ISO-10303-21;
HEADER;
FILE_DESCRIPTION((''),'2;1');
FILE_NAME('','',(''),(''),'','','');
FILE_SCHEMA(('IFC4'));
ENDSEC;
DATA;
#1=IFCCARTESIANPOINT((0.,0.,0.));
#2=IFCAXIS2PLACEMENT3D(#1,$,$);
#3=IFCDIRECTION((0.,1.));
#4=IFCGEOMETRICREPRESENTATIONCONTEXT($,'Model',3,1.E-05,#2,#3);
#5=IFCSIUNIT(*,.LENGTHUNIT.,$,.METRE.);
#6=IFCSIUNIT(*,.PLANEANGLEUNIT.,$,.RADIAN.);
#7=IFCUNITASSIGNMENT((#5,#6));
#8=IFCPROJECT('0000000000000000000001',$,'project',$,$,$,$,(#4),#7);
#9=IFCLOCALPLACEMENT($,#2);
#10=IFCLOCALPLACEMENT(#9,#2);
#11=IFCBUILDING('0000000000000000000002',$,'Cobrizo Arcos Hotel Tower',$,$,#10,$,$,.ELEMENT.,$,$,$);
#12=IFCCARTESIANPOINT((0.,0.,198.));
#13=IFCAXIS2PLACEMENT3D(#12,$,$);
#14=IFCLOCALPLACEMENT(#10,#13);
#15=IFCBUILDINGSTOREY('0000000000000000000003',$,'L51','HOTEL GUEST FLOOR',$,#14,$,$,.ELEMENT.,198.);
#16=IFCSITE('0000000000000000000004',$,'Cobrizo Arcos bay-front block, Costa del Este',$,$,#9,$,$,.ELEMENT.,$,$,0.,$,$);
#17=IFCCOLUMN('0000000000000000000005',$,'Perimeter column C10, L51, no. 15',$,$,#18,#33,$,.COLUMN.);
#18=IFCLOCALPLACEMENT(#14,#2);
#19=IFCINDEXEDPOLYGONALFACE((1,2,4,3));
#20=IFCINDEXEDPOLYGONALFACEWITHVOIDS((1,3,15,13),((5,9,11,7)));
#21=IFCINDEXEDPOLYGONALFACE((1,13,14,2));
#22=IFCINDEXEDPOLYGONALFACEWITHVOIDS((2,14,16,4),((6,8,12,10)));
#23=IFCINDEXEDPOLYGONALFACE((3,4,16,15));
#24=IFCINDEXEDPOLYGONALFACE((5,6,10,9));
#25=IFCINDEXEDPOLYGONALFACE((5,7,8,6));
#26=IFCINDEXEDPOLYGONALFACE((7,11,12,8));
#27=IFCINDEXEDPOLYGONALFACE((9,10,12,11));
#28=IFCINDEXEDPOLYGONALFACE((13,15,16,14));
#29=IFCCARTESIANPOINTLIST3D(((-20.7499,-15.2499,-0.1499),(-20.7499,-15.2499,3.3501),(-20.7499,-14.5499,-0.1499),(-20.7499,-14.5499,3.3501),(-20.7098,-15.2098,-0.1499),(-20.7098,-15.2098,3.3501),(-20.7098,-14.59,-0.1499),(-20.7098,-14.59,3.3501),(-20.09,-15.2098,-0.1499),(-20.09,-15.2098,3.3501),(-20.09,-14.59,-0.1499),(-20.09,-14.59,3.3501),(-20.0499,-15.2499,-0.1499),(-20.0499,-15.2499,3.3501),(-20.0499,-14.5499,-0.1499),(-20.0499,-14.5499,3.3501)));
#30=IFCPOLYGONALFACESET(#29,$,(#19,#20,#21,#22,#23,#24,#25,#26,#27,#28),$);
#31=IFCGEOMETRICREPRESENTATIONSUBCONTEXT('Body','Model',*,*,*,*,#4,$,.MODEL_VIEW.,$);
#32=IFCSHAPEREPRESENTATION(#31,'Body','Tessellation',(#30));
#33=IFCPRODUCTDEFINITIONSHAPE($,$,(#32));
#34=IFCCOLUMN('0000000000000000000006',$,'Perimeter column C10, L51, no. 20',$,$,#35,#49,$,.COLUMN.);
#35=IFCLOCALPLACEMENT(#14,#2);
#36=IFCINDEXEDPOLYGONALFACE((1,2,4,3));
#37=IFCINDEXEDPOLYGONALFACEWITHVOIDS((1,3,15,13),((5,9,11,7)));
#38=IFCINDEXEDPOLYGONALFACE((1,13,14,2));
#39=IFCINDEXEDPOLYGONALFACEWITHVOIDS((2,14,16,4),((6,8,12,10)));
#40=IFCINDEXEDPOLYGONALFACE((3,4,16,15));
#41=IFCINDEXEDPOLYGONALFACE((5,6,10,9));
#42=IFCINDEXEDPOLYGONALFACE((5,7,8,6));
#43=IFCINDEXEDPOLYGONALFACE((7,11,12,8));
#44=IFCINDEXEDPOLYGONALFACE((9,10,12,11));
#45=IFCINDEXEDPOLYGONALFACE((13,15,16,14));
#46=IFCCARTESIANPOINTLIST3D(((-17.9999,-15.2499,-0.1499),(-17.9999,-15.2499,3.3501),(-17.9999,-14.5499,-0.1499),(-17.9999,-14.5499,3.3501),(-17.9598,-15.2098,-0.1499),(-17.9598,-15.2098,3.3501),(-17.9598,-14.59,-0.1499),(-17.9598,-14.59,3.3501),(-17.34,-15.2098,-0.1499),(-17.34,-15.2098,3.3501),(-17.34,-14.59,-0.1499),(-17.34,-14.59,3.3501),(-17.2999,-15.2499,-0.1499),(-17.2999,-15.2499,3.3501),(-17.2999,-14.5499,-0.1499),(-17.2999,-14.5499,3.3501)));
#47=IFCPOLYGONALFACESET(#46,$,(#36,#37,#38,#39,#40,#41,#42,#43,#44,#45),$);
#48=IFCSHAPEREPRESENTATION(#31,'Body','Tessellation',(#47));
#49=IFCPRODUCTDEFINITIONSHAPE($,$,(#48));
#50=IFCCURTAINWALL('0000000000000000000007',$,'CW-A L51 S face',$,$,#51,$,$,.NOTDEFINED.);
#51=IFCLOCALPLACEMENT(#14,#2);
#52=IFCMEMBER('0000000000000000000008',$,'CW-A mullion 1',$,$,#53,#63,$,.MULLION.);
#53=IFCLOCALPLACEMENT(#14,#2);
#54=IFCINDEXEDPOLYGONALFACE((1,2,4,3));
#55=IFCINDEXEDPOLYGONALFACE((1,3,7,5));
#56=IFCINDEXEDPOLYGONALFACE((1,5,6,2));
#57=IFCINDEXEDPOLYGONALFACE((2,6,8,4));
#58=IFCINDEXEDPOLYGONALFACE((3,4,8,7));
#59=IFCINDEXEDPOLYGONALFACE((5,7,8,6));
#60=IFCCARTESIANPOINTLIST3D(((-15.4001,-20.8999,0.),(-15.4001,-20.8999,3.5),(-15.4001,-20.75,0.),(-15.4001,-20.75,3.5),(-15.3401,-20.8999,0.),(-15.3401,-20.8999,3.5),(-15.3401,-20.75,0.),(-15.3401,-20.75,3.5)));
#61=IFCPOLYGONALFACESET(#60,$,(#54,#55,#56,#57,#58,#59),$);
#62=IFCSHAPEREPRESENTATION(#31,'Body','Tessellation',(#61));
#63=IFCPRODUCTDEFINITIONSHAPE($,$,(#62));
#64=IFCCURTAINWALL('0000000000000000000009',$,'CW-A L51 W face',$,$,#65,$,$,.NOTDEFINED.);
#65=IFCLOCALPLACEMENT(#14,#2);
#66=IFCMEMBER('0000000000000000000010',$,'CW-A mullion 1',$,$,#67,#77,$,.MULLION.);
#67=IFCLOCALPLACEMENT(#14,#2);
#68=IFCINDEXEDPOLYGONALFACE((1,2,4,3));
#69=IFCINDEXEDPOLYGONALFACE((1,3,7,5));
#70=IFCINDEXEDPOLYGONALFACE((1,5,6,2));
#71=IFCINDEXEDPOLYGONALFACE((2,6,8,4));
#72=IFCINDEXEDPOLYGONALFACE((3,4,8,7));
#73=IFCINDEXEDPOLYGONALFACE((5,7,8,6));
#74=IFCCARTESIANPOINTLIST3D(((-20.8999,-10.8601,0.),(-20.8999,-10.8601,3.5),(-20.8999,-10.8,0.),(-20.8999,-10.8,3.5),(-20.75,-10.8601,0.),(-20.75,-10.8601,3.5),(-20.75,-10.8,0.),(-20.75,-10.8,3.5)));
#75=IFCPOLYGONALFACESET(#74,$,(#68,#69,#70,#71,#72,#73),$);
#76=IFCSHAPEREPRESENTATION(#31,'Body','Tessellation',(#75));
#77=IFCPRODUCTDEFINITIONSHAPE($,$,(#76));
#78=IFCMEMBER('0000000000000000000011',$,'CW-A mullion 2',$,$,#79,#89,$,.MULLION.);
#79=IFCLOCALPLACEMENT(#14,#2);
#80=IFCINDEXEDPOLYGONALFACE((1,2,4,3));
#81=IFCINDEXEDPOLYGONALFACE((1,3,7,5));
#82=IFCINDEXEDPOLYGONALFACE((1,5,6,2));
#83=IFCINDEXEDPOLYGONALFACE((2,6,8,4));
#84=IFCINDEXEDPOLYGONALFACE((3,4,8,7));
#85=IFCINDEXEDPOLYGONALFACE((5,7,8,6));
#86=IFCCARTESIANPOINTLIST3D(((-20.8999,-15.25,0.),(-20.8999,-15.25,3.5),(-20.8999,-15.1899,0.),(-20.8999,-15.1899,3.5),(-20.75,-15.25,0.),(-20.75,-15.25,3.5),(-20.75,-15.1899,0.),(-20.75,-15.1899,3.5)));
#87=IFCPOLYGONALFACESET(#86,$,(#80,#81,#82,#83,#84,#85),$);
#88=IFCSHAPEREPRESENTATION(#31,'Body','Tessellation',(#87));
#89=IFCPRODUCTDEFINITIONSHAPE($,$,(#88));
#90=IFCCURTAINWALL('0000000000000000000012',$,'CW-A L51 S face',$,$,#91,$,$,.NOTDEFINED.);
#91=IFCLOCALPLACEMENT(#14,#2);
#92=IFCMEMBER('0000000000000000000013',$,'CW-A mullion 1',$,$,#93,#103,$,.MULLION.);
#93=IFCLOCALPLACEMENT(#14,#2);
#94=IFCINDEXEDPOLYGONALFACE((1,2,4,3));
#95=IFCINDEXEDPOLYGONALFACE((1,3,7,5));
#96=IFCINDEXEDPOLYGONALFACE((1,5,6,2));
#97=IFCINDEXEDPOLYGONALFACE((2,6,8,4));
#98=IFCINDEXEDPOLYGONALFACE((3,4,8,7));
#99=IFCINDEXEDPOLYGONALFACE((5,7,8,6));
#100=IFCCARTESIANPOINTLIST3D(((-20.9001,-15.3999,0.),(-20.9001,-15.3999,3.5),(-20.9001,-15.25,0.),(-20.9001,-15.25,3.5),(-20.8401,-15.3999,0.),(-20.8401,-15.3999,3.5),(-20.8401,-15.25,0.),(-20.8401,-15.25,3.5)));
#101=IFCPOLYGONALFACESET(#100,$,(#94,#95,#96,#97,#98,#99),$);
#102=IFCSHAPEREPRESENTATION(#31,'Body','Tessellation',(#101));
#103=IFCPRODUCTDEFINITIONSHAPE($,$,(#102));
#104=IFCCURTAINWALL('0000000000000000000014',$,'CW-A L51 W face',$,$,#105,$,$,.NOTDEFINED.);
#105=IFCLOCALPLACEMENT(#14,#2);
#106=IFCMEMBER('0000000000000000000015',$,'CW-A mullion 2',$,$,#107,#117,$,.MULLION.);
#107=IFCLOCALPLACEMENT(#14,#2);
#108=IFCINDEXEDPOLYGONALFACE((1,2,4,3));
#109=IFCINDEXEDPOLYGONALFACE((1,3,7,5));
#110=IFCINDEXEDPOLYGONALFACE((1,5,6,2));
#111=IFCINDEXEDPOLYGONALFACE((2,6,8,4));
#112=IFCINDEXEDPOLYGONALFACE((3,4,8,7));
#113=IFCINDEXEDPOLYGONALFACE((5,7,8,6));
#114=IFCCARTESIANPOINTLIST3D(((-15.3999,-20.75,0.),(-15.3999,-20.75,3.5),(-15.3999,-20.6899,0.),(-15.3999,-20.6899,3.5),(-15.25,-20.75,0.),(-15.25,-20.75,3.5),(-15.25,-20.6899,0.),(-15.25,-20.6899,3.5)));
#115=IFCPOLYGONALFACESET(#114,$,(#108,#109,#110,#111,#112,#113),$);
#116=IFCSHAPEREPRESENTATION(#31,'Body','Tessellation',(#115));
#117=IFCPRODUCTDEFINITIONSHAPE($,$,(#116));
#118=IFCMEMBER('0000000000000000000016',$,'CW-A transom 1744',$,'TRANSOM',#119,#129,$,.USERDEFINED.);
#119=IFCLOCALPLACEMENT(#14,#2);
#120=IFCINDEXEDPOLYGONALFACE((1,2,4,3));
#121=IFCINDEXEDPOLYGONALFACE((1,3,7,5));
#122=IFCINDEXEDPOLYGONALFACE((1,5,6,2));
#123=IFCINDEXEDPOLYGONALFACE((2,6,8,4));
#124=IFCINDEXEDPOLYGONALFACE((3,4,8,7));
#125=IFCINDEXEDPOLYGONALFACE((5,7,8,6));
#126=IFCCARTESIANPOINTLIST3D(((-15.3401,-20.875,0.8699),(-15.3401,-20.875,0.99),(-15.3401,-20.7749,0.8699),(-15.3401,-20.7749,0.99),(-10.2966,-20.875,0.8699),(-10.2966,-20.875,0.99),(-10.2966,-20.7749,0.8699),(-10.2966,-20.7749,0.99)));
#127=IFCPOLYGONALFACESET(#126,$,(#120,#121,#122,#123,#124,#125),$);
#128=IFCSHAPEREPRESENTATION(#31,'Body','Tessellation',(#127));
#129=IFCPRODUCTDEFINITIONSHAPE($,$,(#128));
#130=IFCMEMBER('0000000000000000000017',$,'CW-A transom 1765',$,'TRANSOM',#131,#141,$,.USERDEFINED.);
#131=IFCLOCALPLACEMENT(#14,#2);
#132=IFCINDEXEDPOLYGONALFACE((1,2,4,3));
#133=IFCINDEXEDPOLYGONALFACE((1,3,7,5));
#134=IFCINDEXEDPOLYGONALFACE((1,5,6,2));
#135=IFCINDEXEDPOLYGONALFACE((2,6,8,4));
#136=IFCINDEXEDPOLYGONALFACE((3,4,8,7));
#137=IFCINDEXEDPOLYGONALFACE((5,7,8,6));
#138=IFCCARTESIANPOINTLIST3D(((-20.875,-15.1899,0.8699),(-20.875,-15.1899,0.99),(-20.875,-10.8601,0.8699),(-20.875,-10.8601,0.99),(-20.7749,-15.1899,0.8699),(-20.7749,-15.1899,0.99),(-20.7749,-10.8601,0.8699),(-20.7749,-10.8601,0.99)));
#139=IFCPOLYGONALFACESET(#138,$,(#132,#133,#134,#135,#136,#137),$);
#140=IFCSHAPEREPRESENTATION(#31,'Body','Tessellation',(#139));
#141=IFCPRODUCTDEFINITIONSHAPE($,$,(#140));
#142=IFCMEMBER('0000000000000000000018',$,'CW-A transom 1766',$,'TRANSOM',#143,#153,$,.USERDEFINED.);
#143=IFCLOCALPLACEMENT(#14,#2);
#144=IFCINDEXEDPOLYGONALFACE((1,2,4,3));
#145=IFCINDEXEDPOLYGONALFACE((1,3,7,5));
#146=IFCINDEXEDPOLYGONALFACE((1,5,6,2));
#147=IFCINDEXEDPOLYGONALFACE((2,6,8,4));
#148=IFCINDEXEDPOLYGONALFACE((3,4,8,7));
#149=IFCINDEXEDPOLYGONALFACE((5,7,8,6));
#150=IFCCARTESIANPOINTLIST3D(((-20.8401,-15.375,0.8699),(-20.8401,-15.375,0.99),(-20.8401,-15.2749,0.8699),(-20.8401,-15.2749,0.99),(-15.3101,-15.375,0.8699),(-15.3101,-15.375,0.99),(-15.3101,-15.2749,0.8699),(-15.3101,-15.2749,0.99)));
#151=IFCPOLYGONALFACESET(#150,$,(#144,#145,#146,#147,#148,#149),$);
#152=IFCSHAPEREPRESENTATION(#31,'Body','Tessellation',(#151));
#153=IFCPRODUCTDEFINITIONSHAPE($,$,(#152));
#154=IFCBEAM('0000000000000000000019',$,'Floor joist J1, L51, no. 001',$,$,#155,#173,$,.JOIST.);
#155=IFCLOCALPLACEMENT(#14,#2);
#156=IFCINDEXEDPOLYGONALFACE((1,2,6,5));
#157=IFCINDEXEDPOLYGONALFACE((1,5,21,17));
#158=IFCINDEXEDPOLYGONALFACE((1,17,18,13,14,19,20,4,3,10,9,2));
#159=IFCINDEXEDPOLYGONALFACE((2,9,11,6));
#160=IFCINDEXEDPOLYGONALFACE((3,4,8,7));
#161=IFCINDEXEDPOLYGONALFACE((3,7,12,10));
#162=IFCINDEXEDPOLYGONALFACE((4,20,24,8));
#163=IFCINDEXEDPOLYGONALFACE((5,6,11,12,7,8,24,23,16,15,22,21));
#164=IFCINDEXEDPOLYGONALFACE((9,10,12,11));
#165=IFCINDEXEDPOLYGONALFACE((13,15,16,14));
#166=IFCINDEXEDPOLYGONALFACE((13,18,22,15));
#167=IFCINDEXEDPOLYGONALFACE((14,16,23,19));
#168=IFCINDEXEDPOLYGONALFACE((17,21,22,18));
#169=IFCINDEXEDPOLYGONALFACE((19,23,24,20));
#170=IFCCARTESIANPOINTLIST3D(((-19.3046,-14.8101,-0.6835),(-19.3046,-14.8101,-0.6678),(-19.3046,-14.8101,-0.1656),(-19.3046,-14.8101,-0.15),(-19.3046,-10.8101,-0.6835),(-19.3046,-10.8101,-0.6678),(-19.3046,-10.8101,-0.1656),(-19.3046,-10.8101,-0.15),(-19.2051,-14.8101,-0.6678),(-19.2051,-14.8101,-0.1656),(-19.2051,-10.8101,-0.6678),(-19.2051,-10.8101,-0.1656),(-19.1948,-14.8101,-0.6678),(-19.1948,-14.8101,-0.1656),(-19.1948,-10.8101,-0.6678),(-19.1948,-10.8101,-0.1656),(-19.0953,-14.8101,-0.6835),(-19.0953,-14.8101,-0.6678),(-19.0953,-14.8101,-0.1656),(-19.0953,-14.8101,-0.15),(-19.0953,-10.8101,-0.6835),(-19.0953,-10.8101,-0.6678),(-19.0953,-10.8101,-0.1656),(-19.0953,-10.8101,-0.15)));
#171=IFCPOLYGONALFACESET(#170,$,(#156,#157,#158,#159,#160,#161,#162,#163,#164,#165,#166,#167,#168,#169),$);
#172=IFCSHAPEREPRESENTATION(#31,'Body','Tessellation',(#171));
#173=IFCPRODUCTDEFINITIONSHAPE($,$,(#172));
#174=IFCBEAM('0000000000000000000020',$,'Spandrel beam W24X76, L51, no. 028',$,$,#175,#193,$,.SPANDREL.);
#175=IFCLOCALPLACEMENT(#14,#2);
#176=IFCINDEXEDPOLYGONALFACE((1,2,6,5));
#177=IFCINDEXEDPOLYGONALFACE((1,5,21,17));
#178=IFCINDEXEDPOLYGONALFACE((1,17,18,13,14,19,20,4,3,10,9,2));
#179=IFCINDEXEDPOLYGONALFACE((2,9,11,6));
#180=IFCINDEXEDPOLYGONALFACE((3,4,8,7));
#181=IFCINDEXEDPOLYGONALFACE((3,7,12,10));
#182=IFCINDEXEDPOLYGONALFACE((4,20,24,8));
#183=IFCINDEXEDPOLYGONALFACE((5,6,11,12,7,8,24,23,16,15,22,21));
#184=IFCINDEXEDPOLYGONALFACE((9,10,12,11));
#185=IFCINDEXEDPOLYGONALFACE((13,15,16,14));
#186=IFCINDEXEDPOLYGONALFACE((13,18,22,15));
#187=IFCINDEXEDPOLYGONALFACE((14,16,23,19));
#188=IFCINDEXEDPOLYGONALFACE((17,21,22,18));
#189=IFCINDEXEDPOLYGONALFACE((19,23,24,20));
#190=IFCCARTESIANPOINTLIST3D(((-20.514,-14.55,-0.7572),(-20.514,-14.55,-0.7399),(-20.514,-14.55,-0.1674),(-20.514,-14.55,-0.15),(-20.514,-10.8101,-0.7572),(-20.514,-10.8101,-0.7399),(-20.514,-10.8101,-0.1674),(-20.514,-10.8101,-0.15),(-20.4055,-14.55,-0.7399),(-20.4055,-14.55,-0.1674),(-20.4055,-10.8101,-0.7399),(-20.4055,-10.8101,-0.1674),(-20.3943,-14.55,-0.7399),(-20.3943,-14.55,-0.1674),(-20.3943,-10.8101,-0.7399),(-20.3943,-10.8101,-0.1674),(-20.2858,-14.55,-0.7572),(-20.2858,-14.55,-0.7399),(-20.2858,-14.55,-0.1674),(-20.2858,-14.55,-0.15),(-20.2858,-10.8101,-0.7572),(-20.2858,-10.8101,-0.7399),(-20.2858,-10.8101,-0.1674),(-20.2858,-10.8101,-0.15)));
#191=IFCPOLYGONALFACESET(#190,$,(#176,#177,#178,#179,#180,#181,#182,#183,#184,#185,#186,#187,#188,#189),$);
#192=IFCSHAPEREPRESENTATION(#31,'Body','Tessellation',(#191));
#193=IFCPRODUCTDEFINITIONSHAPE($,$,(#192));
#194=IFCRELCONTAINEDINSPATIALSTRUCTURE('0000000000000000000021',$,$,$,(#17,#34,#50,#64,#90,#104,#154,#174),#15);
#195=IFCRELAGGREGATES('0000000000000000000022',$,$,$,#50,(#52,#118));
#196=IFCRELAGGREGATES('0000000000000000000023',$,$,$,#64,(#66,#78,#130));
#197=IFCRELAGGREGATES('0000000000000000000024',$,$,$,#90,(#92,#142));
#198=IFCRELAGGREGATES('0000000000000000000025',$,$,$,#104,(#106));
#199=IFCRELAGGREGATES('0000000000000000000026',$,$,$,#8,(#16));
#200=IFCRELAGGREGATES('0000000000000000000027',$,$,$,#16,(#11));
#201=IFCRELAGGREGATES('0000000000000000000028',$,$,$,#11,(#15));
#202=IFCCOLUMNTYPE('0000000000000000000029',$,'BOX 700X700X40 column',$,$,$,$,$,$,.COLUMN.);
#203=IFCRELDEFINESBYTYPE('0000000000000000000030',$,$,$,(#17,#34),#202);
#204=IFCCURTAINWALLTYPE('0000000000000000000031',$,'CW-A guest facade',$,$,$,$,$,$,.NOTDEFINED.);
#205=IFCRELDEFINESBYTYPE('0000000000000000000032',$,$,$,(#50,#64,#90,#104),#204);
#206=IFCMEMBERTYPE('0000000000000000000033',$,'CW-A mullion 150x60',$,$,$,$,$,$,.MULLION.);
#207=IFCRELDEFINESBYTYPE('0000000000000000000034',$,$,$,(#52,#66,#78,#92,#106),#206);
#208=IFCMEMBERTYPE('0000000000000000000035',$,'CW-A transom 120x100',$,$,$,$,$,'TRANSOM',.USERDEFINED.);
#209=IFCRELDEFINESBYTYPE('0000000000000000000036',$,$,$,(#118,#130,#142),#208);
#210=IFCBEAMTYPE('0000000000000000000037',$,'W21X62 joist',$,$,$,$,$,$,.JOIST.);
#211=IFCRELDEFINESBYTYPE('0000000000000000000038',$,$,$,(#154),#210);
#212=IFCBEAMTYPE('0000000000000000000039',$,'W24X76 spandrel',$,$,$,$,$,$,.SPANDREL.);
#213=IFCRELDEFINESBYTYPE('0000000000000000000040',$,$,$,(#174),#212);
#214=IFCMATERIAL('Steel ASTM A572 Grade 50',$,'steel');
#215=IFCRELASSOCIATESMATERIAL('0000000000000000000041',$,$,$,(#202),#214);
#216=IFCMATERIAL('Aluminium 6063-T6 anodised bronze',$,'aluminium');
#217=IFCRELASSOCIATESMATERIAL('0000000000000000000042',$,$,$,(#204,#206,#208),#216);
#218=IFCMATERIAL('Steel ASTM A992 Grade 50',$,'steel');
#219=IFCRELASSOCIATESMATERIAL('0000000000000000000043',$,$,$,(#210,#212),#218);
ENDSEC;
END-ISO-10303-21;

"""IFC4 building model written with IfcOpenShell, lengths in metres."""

from ifc_helpers import new_model, si_unit, direction, frame, origin, origin_2d, place, context, subcontext, project, spatial, rectangle, hollow_rectangle, i_section, extrude, material, material_profile, profile_set, type_object, element, aggregate, save


model = new_model("IFC4")

# Units and contexts
model_context = context("Model", 3, precision=1e-05, world=origin(), true_north=direction((0.0, 1.0)))
body_context = subcontext(model_context, "Body", "Model", "MODEL_VIEW")
ifc_project = project(units=[si_unit("LENGTHUNIT", "METRE"), si_unit("PLANEANGLEUNIT", "RADIAN")], contexts=[model_context])

# Site, building, storey
site_placement = place(None, origin())
site = spatial("IfcSite", under=ifc_project, at=site_placement, Name="Cobrizo Arcos bay-front block, Costa del Este", CompositionType="ELEMENT", RefElevation=0.0)
building_placement = place(site_placement, origin())
building = spatial("IfcBuilding", under=site, at=building_placement, Name="Cobrizo Arcos Hotel Tower", CompositionType="ELEMENT")
storey_placement = place(building_placement, frame((0.0, 0.0, 198.0)))
storey = spatial("IfcBuildingStorey", under=building, at=storey_placement, Name="L51", Description="HOTEL GUEST FLOOR", CompositionType="ELEMENT", Elevation=198.0)

# Columns
ifc_material_1 = material(Name="Steel ASTM A572 Grade 50", Category="steel")
ifc_material_profile_1 = material_profile(ifc_material_1, hollow_rectangle(XDim=0.7, YDim=0.7, WallThickness=0.04, at=origin_2d()), Name="BOX 700X700X40")
ifc_profile_set_1 = profile_set([ifc_material_profile_1], Name="Steel ASTM A572 Grade 50")
column_type = type_object("IfcColumnType", Name="BOX 700X700X40 column", PredefinedType="COLUMN", material=ifc_profile_set_1)
for number, where, z_axis, x_axis, name in (
    (1, (-20.3999, -14.8999, -0.1499), (0.0, 0.0, 1.0), (1.0, 0.0, 0.0), "Perimeter column C10, L51, no. 15"),
    (2, (-17.6499, -14.8999, -0.1499), (0.0, 0.0, 1.0), (1.0, 0.0, 0.0), "Perimeter column C10, L51, no. 20"),
):
    element("IfcColumn", number, at=place(storey_placement, frame(where, z_axis=z_axis, x_axis=x_axis)), inside=storey, type_object=column_type, Name=name, PredefinedType="COLUMN", context=body_context, shape_type="SweptSolid", body=[
        extrude(hollow_rectangle(XDim=0.7, YDim=0.7, WallThickness=0.04, at=origin_2d()), origin(), (0.0, 0.0, 1.0), 3.5),
    ])

# Curtain wall, member
ifc_material_2 = material(Name="Aluminium 6063-T6 anodised bronze", Category="aluminium")
curtain_wall_type = type_object("IfcCurtainWallType", Name="CW-A guest facade", PredefinedType="NOTDEFINED", material=ifc_material_2)
curtain_wall_1_placement = place(storey_placement, origin())
curtain_wall_1 = element("IfcCurtainWall", 3, at=curtain_wall_1_placement, inside=storey, type_object=curtain_wall_type, Name="CW-A L51 S face", PredefinedType="NOTDEFINED")
ifc_material_profile_2 = material_profile(ifc_material_2, rectangle(XDim=0.1499, YDim=0.0601, at=origin_2d()), Name="CW-A mullion 150x60")
ifc_profile_set_2 = profile_set([ifc_material_profile_2], Name="Aluminium 6063-T6 anodised bronze")
member_type_1 = type_object("IfcMemberType", Name="CW-A mullion 150x60", PredefinedType="MULLION", material=ifc_profile_set_2)
member_1_placement = place(storey_placement, frame((-15.3701, -20.825, 0.0), z_axis=(0.0, 0.0, 1.0), x_axis=(0.0, -1.0, 0.0)))
member_1 = element("IfcMember", 4, at=member_1_placement, type_object=member_type_1, Name="CW-A mullion 1", PredefinedType="MULLION", context=body_context, shape_type="SweptSolid", body=[
    extrude(rectangle(XDim=0.1499, YDim=0.0601, at=origin_2d()), origin(), (0.0, 0.0, 1.0), 3.5),
])

# Curtain wall, members
curtain_wall_2_placement = place(storey_placement, origin())
curtain_wall_2 = element("IfcCurtainWall", 5, at=curtain_wall_2_placement, inside=storey, type_object=curtain_wall_type, Name="CW-A L51 W face", PredefinedType="NOTDEFINED")
member_2_placement = place(storey_placement, frame((-20.825, -10.8301, 0.0), z_axis=(0.0, 0.0, 1.0), x_axis=(-1.0, 0.0, 0.0)))
member_2 = element("IfcMember", 6, at=member_2_placement, type_object=member_type_1, Name="CW-A mullion 1", PredefinedType="MULLION", context=body_context, shape_type="SweptSolid", body=[
    extrude(rectangle(XDim=0.1499, YDim=0.0601, at=origin_2d()), origin(), (0.0, 0.0, 1.0), 3.5),
])
member_3_placement = place(storey_placement, frame((-20.825, -15.22, 0.0), z_axis=(0.0, 0.0, 1.0), x_axis=(-1.0, 0.0, 0.0)))
member_3 = element("IfcMember", 7, at=member_3_placement, type_object=member_type_1, Name="CW-A mullion 2", PredefinedType="MULLION", context=body_context, shape_type="SweptSolid", body=[
    extrude(rectangle(XDim=0.1499, YDim=0.0601, at=origin_2d()), origin(), (0.0, 0.0, 1.0), 3.5),
])

# Curtain walls, members
curtain_wall_3_placement = place(storey_placement, origin())
curtain_wall_3 = element("IfcCurtainWall", 8, at=curtain_wall_3_placement, inside=storey, type_object=curtain_wall_type, Name="CW-A L51 S face", PredefinedType="NOTDEFINED")
member_4_placement = place(storey_placement, frame((-20.8701, -15.325, 0.0), z_axis=(0.0, 0.0, 1.0), x_axis=(0.0, -1.0, 0.0)))
member_4 = element("IfcMember", 9, at=member_4_placement, type_object=member_type_1, Name="CW-A mullion 1", PredefinedType="MULLION", context=body_context, shape_type="SweptSolid", body=[
    extrude(rectangle(XDim=0.1499, YDim=0.0601, at=origin_2d()), origin(), (0.0, 0.0, 1.0), 3.5),
])
curtain_wall_4_placement = place(storey_placement, origin())
curtain_wall_4 = element("IfcCurtainWall", 10, at=curtain_wall_4_placement, inside=storey, type_object=curtain_wall_type, Name="CW-A L51 W face", PredefinedType="NOTDEFINED")
member_5_placement = place(storey_placement, frame((-15.325, -20.72, 0.0), z_axis=(0.0, 0.0, 1.0), x_axis=(-1.0, 0.0, 0.0)))
member_5 = element("IfcMember", 11, at=member_5_placement, type_object=member_type_1, Name="CW-A mullion 2", PredefinedType="MULLION", context=body_context, shape_type="SweptSolid", body=[
    extrude(rectangle(XDim=0.1499, YDim=0.0601, at=origin_2d()), origin(), (0.0, 0.0, 1.0), 3.5),
])

# Members
ifc_material_profile_3 = material_profile(ifc_material_2, rectangle(XDim=0.1001, YDim=0.1201, at=origin_2d()), Name="CW-A transom 120x100")
ifc_profile_set_3 = profile_set([ifc_material_profile_3], Name="Aluminium 6063-T6 anodised bronze")
member_type_2 = type_object("IfcMemberType", Name="CW-A transom 120x100", ElementType="TRANSOM", PredefinedType="USERDEFINED", material=ifc_profile_set_3)
member_6_placement = place(storey_placement, frame((-15.3401, -20.825, 0.9299), z_axis=(1.0, 0.0, 0.0), x_axis=(0.0, 1.0, 0.0)))
member_6 = element("IfcMember", 12, at=member_6_placement, type_object=member_type_2, Name="CW-A transom 1744", ObjectType="TRANSOM", PredefinedType="USERDEFINED", context=body_context, shape_type="SweptSolid", body=[
    extrude(rectangle(XDim=0.1001, YDim=0.1201, at=origin_2d()), origin(), (0.0, 0.0, 1.0), 5.0435),
])
aggregate(curtain_wall_1, [member_1, member_6])
member_7_placement = place(storey_placement, frame((-20.825, -10.8601, 0.9299), z_axis=(0.0, -1.0, 0.0), x_axis=(1.0, 0.0, 0.0)))
member_7 = element("IfcMember", 13, at=member_7_placement, type_object=member_type_2, Name="CW-A transom 1765", ObjectType="TRANSOM", PredefinedType="USERDEFINED", context=body_context, shape_type="SweptSolid", body=[
    extrude(rectangle(XDim=0.1001, YDim=0.1201, at=origin_2d()), origin(), (0.0, 0.0, 1.0), 4.3298),
])
member_8_placement = place(storey_placement, frame((-20.8401, -15.325, 0.9299), z_axis=(1.0, 0.0, 0.0), x_axis=(0.0, 1.0, 0.0)))
member_8 = element("IfcMember", 14, at=member_8_placement, type_object=member_type_2, Name="CW-A transom 1766", ObjectType="TRANSOM", PredefinedType="USERDEFINED", context=body_context, shape_type="SweptSolid", body=[
    extrude(rectangle(XDim=0.1001, YDim=0.1201, at=origin_2d()), origin(), (0.0, 0.0, 1.0), 5.53),
])

# Beams
ifc_material_3 = material(Name="Steel ASTM A992 Grade 50", Category="steel")
ifc_material_profile_4 = material_profile(ifc_material_3, i_section(OverallWidth=0.2092, OverallDepth=0.5334, WebThickness=0.0103, FlangeThickness=0.0156, at=origin_2d()), Name="W21X62")
ifc_profile_set_4 = profile_set([ifc_material_profile_4], Name="Steel ASTM A992 Grade 50")
beam_type_1 = type_object("IfcBeamType", Name="W21X62 joist", PredefinedType="JOIST", material=ifc_profile_set_4)
beam_1_placement = place(storey_placement, frame((-19.2, -14.8101, -0.4167), z_axis=(0.0, 1.0, 0.0), x_axis=(-1.0, 0.0, 0.0)))
element("IfcBeam", 15, at=beam_1_placement, inside=storey, type_object=beam_type_1, Name="Floor joist J1, L51, no. 001", PredefinedType="JOIST", context=body_context, shape_type="SweptSolid", body=[
    extrude(i_section(OverallWidth=0.2092, OverallDepth=0.5334, WebThickness=0.0103, FlangeThickness=0.0156, at=origin_2d()), origin(), (0.0, 0.0, 1.0), 4.0),
])
ifc_material_profile_5 = material_profile(ifc_material_3, i_section(OverallWidth=0.2283, OverallDepth=0.6072, WebThickness=0.0112, FlangeThickness=0.0173, at=origin_2d()), Name="W24X76")
ifc_profile_set_5 = profile_set([ifc_material_profile_5], Name="Steel ASTM A992 Grade 50")
beam_type_2 = type_object("IfcBeamType", Name="W24X76 spandrel", PredefinedType="SPANDREL", material=ifc_profile_set_5)
beam_2_placement = place(storey_placement, frame((-20.3999, -10.8101, -0.4536), z_axis=(0.0, -1.0, 0.0), x_axis=(1.0, 0.0, 0.0)))
element("IfcBeam", 16, at=beam_2_placement, inside=storey, type_object=beam_type_2, Name="Spandrel beam W24X76, L51, no. 028", PredefinedType="SPANDREL", context=body_context, shape_type="SweptSolid", body=[
    extrude(i_section(OverallWidth=0.2283, OverallDepth=0.6072, WebThickness=0.0112, FlangeThickness=0.0173, at=origin_2d()), origin(), (0.0, 0.0, 1.0), 3.74),
])

aggregate(curtain_wall_2, [member_2, member_3, member_7])
aggregate(curtain_wall_3, [member_4, member_8])
aggregate(curtain_wall_4, [member_5])

save(model, "model.ifc")
